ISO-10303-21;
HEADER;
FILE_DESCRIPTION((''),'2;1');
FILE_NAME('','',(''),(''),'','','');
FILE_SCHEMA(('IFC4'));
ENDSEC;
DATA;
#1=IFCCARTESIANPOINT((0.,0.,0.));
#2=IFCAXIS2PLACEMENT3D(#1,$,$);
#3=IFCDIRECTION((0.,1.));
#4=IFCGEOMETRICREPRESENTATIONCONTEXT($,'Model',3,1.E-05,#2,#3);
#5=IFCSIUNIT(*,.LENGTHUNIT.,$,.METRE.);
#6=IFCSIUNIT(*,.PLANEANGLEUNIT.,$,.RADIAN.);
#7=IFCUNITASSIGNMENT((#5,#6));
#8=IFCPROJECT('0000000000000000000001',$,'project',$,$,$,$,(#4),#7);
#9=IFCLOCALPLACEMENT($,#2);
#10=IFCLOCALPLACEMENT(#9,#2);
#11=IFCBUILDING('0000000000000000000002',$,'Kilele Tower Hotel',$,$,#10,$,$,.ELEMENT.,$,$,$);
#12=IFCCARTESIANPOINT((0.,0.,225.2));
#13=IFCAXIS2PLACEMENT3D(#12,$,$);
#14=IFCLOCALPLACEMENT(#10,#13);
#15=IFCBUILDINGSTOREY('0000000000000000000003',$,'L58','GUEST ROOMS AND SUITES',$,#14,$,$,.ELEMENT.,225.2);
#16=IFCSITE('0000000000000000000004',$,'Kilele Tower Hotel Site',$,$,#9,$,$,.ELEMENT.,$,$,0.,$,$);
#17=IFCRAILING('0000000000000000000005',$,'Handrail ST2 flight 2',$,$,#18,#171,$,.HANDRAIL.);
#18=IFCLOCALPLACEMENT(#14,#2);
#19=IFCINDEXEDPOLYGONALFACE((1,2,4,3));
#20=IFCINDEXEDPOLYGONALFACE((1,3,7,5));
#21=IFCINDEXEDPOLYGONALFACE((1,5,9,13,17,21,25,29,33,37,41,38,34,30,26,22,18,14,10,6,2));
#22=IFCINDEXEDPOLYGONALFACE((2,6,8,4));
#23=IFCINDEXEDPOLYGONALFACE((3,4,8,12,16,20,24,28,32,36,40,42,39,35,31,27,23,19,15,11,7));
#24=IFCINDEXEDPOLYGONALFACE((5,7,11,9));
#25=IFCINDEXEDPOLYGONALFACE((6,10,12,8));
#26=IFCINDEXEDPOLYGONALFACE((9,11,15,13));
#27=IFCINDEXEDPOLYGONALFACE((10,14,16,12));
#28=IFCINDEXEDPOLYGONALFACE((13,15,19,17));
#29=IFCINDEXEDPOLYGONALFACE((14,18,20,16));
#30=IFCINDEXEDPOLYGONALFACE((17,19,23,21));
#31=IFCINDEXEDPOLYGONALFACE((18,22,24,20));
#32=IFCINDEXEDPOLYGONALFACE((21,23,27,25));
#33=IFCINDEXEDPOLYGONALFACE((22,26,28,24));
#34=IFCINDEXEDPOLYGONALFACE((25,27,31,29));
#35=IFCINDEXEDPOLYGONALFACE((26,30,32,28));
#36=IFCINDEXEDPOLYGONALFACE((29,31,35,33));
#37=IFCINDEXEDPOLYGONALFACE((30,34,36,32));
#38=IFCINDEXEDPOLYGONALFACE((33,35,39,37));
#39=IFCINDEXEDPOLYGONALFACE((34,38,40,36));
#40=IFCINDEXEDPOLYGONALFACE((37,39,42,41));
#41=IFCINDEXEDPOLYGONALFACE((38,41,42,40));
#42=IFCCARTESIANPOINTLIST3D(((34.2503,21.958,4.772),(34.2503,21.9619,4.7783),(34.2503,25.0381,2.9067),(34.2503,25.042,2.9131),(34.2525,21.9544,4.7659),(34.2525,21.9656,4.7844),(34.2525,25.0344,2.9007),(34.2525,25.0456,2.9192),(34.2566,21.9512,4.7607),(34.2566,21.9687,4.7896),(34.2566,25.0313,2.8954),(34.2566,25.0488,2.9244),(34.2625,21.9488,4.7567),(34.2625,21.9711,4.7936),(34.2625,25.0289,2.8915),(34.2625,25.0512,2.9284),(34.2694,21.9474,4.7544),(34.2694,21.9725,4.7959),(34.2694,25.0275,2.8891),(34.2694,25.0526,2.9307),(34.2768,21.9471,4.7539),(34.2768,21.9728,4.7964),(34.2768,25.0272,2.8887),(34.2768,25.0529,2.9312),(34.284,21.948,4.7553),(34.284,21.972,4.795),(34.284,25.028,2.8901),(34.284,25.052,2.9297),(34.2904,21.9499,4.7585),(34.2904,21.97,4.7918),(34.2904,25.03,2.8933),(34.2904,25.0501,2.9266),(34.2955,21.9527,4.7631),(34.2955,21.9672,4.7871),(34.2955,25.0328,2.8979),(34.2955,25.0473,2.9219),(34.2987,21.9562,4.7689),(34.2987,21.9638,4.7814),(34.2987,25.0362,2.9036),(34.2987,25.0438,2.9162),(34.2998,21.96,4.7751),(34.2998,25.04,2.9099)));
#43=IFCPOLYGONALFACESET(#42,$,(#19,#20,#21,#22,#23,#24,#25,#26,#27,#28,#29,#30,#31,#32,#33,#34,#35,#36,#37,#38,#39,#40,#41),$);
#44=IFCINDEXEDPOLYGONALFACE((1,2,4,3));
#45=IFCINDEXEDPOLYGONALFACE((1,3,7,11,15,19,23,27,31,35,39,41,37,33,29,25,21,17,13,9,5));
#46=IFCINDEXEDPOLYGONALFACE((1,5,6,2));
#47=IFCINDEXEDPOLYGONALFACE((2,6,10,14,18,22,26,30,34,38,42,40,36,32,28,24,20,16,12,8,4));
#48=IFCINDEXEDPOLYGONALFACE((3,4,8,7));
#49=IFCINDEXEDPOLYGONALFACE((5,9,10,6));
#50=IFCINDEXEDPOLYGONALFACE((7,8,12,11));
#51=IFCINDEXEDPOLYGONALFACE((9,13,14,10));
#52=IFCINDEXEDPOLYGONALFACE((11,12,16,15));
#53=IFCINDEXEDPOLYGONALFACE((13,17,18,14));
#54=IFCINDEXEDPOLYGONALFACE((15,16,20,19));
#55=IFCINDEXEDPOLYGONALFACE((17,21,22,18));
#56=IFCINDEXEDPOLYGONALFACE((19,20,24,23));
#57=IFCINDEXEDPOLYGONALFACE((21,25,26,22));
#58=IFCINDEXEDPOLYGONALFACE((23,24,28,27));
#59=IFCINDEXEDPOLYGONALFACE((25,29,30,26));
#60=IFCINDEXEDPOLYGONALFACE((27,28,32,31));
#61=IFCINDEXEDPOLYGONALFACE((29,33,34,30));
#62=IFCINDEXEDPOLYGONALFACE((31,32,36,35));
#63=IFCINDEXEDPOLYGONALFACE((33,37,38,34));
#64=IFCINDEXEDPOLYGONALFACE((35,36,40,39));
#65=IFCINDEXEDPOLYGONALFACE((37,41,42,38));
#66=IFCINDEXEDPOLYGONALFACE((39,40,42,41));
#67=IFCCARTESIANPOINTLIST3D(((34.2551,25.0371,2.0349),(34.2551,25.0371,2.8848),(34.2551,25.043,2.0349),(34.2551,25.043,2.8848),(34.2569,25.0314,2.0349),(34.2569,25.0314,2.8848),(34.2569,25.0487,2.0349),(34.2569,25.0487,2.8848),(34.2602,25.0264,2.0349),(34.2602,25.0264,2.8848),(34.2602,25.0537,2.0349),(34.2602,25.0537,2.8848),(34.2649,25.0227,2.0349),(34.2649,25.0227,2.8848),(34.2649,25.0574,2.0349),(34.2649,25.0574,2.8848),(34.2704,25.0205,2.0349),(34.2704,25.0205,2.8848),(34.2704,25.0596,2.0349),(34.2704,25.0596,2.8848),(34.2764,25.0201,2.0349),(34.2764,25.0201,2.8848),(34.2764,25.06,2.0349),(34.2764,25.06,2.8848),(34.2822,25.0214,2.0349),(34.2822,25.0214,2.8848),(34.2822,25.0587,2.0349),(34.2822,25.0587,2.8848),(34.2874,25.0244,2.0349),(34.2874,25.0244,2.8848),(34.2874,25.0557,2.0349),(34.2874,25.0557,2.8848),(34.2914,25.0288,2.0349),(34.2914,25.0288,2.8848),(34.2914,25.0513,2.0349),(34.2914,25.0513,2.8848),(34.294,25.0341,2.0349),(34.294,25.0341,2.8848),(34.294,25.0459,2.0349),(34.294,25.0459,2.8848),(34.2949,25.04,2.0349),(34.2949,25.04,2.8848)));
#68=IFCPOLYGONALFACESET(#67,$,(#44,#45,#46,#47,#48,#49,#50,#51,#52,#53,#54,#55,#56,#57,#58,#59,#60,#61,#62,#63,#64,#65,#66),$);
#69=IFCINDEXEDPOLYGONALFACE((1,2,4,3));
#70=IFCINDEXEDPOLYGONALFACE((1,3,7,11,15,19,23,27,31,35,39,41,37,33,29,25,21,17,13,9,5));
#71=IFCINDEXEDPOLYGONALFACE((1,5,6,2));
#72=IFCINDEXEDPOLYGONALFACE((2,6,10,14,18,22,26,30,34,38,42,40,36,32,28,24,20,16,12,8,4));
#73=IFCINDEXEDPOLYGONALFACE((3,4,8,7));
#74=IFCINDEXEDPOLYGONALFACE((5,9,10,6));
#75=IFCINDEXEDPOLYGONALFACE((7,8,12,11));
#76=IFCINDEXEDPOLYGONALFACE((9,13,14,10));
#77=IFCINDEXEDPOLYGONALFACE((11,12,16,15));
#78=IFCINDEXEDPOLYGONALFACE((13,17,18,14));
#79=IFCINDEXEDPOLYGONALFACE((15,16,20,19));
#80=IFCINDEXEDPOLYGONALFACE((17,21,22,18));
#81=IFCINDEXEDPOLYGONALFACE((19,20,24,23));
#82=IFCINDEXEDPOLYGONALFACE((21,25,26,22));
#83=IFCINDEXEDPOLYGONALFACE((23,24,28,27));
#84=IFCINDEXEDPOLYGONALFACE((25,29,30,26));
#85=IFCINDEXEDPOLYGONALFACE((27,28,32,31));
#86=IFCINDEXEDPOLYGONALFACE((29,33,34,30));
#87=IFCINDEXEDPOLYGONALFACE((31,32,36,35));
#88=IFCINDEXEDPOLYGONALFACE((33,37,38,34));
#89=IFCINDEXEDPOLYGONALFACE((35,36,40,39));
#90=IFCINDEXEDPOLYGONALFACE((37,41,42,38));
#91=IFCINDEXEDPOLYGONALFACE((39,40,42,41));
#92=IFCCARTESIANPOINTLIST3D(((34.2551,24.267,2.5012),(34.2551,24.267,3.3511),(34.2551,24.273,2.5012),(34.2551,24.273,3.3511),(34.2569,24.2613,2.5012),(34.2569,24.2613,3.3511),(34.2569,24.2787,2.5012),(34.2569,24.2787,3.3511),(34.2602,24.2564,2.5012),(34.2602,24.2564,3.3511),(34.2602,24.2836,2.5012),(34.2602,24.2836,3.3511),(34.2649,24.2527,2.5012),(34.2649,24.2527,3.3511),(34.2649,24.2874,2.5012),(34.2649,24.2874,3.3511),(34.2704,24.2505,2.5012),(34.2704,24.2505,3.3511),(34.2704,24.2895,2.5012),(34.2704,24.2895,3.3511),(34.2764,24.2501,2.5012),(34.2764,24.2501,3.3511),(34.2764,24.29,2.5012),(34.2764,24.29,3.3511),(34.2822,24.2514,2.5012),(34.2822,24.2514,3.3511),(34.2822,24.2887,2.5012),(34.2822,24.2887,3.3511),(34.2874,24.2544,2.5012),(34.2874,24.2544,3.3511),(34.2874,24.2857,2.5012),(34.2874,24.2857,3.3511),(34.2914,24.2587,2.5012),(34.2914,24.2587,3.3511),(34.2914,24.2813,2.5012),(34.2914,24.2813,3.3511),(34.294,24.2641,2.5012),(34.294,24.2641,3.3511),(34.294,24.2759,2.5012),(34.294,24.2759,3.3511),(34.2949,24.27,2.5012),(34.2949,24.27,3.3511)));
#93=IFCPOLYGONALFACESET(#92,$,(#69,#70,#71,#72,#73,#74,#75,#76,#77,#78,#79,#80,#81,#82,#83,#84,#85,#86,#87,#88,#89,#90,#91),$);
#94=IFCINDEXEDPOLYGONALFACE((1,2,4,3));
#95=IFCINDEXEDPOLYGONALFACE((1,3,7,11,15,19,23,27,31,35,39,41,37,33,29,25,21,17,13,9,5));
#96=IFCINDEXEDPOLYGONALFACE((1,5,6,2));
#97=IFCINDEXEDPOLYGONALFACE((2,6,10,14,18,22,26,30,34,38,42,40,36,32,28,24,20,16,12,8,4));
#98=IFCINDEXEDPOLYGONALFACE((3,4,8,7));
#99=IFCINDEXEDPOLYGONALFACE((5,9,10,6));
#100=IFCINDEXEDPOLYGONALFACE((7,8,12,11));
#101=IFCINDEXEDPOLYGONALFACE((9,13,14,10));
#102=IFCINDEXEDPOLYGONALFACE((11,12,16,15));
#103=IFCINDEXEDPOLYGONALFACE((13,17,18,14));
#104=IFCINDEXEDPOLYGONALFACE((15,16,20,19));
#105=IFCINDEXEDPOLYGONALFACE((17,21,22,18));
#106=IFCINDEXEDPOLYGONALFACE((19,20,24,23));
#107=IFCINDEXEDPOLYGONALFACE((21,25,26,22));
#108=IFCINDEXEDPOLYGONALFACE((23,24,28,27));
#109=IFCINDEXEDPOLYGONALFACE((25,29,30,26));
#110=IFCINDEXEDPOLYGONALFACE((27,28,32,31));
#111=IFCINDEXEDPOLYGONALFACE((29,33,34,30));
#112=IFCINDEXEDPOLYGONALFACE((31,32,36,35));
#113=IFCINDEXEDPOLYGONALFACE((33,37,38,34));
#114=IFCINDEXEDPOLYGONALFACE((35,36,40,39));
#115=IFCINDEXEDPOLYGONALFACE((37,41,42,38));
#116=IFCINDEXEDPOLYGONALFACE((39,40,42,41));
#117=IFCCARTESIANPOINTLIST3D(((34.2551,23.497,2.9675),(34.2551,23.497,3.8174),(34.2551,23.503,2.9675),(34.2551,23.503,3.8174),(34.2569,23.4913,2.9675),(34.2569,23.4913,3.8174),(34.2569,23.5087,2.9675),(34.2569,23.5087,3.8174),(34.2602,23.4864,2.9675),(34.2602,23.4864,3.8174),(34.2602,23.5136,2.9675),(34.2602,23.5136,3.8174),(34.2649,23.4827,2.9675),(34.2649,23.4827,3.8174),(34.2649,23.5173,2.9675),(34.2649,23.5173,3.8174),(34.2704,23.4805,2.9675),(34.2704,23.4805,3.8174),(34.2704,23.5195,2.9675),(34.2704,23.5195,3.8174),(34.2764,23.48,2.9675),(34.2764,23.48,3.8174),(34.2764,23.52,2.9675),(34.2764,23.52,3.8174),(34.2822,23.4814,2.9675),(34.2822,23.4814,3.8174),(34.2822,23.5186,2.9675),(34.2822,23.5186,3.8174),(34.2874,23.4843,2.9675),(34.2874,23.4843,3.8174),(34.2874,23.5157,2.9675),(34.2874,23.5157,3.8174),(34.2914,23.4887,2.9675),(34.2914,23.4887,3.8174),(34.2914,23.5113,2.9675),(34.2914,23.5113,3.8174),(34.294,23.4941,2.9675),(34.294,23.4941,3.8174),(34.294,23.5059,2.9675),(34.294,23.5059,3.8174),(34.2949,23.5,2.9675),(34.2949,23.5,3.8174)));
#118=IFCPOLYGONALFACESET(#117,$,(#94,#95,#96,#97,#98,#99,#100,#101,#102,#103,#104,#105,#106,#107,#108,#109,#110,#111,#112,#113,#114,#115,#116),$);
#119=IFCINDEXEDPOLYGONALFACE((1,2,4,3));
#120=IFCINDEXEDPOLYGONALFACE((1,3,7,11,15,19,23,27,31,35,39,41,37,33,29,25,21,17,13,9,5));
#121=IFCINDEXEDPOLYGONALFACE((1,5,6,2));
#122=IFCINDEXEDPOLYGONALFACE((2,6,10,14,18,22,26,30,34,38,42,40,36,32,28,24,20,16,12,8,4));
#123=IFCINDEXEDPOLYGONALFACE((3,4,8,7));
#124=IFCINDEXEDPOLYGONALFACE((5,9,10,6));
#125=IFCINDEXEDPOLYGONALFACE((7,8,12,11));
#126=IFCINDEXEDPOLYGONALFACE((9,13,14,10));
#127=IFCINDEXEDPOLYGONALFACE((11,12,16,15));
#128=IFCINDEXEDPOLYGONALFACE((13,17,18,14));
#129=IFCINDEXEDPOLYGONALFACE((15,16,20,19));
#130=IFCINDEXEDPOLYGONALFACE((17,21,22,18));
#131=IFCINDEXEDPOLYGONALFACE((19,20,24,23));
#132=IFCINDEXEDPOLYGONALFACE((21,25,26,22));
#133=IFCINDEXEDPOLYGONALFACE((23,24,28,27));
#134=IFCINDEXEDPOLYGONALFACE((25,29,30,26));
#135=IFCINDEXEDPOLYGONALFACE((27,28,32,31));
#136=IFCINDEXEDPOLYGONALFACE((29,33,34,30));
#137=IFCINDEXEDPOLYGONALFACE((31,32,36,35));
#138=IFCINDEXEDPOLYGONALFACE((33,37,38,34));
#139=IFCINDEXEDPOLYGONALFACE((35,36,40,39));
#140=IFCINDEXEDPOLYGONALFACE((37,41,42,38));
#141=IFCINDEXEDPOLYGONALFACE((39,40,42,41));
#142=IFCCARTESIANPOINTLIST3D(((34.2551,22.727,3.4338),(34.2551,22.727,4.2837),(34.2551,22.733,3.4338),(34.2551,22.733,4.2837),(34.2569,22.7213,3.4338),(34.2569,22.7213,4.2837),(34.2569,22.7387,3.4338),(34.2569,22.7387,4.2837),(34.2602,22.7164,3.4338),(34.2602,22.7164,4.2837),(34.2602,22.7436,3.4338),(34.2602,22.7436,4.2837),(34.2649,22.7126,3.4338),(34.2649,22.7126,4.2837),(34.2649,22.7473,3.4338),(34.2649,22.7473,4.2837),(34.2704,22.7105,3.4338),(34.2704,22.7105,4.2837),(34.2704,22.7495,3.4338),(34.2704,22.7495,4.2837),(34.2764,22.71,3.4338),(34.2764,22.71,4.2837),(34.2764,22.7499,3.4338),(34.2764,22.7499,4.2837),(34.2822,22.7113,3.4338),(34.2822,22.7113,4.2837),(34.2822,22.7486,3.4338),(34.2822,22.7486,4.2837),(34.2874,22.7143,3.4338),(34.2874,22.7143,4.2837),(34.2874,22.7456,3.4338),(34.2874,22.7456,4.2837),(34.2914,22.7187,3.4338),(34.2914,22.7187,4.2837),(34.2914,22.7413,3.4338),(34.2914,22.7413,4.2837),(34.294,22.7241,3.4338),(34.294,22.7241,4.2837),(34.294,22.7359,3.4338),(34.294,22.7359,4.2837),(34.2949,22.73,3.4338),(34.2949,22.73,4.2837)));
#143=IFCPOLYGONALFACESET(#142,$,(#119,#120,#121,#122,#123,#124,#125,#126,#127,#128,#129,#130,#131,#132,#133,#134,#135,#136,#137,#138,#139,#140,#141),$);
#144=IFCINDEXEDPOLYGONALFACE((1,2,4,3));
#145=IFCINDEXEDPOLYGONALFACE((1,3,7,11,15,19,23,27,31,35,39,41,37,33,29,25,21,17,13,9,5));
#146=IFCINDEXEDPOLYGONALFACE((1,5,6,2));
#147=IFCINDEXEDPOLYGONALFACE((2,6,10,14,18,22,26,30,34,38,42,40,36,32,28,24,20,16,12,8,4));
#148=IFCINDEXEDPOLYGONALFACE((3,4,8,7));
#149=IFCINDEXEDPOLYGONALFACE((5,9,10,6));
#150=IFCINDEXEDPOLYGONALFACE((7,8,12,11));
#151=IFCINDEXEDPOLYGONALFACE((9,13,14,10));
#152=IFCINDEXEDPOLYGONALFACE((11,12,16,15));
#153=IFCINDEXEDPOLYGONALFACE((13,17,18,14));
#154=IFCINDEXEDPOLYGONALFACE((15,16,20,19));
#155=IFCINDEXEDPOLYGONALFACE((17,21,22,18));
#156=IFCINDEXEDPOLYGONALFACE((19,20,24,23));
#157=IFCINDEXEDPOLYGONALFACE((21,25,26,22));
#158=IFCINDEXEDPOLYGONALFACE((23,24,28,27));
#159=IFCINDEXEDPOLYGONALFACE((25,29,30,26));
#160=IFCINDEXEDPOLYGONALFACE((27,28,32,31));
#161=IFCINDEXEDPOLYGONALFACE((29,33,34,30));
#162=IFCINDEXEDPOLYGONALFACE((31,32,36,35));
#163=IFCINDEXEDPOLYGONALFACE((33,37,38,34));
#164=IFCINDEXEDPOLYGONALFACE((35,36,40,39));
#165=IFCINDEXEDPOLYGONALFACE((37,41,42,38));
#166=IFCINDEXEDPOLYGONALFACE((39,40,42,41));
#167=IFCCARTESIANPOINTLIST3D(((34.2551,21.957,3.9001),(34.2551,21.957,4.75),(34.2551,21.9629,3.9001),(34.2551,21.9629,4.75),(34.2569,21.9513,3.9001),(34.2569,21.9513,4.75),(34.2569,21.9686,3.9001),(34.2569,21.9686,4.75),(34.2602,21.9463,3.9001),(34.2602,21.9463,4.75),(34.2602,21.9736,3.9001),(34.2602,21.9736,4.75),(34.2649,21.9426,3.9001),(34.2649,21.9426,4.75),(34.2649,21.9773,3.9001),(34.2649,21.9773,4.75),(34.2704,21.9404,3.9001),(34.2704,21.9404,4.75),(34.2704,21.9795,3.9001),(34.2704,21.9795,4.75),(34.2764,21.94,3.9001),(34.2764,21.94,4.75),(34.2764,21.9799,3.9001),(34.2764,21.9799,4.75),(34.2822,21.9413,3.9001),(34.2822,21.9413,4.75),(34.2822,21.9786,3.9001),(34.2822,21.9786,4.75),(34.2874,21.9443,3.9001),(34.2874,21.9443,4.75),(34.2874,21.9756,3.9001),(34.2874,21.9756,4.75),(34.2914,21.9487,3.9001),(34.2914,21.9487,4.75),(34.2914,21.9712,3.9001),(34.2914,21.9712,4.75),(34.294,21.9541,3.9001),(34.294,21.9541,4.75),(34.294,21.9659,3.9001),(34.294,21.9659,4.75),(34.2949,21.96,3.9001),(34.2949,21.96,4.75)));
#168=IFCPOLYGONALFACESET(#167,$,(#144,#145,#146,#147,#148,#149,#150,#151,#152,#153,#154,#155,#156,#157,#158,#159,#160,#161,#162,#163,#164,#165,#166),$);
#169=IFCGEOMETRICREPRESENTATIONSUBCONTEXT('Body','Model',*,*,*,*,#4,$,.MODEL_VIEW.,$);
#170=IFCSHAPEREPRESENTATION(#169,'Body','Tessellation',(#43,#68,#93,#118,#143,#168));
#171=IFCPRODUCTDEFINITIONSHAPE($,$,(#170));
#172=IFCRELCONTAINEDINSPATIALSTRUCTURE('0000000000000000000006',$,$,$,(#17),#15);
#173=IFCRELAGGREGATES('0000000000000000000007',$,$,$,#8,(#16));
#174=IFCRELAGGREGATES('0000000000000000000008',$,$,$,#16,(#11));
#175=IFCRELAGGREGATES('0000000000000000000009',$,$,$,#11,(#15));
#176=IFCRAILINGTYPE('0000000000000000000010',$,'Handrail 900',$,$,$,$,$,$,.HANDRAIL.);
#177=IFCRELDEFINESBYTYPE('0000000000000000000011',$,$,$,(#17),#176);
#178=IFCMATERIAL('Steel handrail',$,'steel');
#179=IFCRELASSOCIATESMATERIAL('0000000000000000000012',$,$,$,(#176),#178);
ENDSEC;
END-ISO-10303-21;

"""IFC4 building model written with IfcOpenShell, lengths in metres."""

from ifc_helpers import new_model, si_unit, direction, frame, origin, origin_2d, place, context, subcontext, project, spatial, circle, extrude, material, type_object, element, save


model = new_model("IFC4")

# Units and contexts
model_context = context("Model", 3, precision=1e-05, world=origin(), true_north=direction((0.0, 1.0)))
body_context = subcontext(model_context, "Body", "Model", "MODEL_VIEW")
ifc_project = project(units=[si_unit("LENGTHUNIT", "METRE"), si_unit("PLANEANGLEUNIT", "RADIAN")], contexts=[model_context])

# Site, building, storey
site_placement = place(None, origin())
site = spatial("IfcSite", under=ifc_project, at=site_placement, Name="Kilele Tower Hotel Site", CompositionType="ELEMENT", RefElevation=0.0)
building_placement = place(site_placement, origin())
building = spatial("IfcBuilding", under=site, at=building_placement, Name="Kilele Tower Hotel", CompositionType="ELEMENT")
storey_placement = place(building_placement, frame((0.0, 0.0, 225.2)))
storey = spatial("IfcBuildingStorey", under=building, at=storey_placement, Name="L58", Description="GUEST ROOMS AND SUITES", CompositionType="ELEMENT", Elevation=225.2)

# Railing
ifc_material_1 = material(Name="Steel handrail", Category="steel")
railing_type_1 = type_object("IfcRailingType", Name="Handrail 900", PredefinedType="HANDRAIL", material=ifc_material_1)
for number, where, name in (
    (1, (34.2749, 25.04, 2.0349), "Handrail ST2 flight 2"),
):
    element("IfcRailing", number, at=place(storey_placement, frame(where)), inside=storey, type_object=railing_type_1, Name=name, PredefinedType="HANDRAIL", context=body_context, shape_type="SweptSolid", body=[
        extrude(circle(Radius=0.0249, at=origin_2d()), frame((0.0, 0.0, 0.875), z_axis=(0.0, -0.85538, 0.518001), x_axis=(1.0, 0.0, 0.0)), (0.0, 0.0, 1.0), 3.6008),
        extrude(circle(Radius=0.02, at=origin_2d()), origin(), (0.0, 0.0, 1.0), 0.8499),
        extrude(circle(Radius=0.02, at=origin_2d()), frame((0.0, -0.77, 0.4663)), (0.0, 0.0, 1.0), 0.8499),
        extrude(circle(Radius=0.02, at=origin_2d()), frame((0.0, -1.54, 0.9326)), (0.0, 0.0, 1.0), 0.8499),
        extrude(circle(Radius=0.02, at=origin_2d()), frame((0.0, -2.3101, 1.3989)), (0.0, 0.0, 1.0), 0.8499),
        extrude(circle(Radius=0.02, at=origin_2d()), frame((0.0, -3.0801, 1.8652)), (0.0, 0.0, 1.0), 0.8499),
    ])

save(model, "model.ifc")
